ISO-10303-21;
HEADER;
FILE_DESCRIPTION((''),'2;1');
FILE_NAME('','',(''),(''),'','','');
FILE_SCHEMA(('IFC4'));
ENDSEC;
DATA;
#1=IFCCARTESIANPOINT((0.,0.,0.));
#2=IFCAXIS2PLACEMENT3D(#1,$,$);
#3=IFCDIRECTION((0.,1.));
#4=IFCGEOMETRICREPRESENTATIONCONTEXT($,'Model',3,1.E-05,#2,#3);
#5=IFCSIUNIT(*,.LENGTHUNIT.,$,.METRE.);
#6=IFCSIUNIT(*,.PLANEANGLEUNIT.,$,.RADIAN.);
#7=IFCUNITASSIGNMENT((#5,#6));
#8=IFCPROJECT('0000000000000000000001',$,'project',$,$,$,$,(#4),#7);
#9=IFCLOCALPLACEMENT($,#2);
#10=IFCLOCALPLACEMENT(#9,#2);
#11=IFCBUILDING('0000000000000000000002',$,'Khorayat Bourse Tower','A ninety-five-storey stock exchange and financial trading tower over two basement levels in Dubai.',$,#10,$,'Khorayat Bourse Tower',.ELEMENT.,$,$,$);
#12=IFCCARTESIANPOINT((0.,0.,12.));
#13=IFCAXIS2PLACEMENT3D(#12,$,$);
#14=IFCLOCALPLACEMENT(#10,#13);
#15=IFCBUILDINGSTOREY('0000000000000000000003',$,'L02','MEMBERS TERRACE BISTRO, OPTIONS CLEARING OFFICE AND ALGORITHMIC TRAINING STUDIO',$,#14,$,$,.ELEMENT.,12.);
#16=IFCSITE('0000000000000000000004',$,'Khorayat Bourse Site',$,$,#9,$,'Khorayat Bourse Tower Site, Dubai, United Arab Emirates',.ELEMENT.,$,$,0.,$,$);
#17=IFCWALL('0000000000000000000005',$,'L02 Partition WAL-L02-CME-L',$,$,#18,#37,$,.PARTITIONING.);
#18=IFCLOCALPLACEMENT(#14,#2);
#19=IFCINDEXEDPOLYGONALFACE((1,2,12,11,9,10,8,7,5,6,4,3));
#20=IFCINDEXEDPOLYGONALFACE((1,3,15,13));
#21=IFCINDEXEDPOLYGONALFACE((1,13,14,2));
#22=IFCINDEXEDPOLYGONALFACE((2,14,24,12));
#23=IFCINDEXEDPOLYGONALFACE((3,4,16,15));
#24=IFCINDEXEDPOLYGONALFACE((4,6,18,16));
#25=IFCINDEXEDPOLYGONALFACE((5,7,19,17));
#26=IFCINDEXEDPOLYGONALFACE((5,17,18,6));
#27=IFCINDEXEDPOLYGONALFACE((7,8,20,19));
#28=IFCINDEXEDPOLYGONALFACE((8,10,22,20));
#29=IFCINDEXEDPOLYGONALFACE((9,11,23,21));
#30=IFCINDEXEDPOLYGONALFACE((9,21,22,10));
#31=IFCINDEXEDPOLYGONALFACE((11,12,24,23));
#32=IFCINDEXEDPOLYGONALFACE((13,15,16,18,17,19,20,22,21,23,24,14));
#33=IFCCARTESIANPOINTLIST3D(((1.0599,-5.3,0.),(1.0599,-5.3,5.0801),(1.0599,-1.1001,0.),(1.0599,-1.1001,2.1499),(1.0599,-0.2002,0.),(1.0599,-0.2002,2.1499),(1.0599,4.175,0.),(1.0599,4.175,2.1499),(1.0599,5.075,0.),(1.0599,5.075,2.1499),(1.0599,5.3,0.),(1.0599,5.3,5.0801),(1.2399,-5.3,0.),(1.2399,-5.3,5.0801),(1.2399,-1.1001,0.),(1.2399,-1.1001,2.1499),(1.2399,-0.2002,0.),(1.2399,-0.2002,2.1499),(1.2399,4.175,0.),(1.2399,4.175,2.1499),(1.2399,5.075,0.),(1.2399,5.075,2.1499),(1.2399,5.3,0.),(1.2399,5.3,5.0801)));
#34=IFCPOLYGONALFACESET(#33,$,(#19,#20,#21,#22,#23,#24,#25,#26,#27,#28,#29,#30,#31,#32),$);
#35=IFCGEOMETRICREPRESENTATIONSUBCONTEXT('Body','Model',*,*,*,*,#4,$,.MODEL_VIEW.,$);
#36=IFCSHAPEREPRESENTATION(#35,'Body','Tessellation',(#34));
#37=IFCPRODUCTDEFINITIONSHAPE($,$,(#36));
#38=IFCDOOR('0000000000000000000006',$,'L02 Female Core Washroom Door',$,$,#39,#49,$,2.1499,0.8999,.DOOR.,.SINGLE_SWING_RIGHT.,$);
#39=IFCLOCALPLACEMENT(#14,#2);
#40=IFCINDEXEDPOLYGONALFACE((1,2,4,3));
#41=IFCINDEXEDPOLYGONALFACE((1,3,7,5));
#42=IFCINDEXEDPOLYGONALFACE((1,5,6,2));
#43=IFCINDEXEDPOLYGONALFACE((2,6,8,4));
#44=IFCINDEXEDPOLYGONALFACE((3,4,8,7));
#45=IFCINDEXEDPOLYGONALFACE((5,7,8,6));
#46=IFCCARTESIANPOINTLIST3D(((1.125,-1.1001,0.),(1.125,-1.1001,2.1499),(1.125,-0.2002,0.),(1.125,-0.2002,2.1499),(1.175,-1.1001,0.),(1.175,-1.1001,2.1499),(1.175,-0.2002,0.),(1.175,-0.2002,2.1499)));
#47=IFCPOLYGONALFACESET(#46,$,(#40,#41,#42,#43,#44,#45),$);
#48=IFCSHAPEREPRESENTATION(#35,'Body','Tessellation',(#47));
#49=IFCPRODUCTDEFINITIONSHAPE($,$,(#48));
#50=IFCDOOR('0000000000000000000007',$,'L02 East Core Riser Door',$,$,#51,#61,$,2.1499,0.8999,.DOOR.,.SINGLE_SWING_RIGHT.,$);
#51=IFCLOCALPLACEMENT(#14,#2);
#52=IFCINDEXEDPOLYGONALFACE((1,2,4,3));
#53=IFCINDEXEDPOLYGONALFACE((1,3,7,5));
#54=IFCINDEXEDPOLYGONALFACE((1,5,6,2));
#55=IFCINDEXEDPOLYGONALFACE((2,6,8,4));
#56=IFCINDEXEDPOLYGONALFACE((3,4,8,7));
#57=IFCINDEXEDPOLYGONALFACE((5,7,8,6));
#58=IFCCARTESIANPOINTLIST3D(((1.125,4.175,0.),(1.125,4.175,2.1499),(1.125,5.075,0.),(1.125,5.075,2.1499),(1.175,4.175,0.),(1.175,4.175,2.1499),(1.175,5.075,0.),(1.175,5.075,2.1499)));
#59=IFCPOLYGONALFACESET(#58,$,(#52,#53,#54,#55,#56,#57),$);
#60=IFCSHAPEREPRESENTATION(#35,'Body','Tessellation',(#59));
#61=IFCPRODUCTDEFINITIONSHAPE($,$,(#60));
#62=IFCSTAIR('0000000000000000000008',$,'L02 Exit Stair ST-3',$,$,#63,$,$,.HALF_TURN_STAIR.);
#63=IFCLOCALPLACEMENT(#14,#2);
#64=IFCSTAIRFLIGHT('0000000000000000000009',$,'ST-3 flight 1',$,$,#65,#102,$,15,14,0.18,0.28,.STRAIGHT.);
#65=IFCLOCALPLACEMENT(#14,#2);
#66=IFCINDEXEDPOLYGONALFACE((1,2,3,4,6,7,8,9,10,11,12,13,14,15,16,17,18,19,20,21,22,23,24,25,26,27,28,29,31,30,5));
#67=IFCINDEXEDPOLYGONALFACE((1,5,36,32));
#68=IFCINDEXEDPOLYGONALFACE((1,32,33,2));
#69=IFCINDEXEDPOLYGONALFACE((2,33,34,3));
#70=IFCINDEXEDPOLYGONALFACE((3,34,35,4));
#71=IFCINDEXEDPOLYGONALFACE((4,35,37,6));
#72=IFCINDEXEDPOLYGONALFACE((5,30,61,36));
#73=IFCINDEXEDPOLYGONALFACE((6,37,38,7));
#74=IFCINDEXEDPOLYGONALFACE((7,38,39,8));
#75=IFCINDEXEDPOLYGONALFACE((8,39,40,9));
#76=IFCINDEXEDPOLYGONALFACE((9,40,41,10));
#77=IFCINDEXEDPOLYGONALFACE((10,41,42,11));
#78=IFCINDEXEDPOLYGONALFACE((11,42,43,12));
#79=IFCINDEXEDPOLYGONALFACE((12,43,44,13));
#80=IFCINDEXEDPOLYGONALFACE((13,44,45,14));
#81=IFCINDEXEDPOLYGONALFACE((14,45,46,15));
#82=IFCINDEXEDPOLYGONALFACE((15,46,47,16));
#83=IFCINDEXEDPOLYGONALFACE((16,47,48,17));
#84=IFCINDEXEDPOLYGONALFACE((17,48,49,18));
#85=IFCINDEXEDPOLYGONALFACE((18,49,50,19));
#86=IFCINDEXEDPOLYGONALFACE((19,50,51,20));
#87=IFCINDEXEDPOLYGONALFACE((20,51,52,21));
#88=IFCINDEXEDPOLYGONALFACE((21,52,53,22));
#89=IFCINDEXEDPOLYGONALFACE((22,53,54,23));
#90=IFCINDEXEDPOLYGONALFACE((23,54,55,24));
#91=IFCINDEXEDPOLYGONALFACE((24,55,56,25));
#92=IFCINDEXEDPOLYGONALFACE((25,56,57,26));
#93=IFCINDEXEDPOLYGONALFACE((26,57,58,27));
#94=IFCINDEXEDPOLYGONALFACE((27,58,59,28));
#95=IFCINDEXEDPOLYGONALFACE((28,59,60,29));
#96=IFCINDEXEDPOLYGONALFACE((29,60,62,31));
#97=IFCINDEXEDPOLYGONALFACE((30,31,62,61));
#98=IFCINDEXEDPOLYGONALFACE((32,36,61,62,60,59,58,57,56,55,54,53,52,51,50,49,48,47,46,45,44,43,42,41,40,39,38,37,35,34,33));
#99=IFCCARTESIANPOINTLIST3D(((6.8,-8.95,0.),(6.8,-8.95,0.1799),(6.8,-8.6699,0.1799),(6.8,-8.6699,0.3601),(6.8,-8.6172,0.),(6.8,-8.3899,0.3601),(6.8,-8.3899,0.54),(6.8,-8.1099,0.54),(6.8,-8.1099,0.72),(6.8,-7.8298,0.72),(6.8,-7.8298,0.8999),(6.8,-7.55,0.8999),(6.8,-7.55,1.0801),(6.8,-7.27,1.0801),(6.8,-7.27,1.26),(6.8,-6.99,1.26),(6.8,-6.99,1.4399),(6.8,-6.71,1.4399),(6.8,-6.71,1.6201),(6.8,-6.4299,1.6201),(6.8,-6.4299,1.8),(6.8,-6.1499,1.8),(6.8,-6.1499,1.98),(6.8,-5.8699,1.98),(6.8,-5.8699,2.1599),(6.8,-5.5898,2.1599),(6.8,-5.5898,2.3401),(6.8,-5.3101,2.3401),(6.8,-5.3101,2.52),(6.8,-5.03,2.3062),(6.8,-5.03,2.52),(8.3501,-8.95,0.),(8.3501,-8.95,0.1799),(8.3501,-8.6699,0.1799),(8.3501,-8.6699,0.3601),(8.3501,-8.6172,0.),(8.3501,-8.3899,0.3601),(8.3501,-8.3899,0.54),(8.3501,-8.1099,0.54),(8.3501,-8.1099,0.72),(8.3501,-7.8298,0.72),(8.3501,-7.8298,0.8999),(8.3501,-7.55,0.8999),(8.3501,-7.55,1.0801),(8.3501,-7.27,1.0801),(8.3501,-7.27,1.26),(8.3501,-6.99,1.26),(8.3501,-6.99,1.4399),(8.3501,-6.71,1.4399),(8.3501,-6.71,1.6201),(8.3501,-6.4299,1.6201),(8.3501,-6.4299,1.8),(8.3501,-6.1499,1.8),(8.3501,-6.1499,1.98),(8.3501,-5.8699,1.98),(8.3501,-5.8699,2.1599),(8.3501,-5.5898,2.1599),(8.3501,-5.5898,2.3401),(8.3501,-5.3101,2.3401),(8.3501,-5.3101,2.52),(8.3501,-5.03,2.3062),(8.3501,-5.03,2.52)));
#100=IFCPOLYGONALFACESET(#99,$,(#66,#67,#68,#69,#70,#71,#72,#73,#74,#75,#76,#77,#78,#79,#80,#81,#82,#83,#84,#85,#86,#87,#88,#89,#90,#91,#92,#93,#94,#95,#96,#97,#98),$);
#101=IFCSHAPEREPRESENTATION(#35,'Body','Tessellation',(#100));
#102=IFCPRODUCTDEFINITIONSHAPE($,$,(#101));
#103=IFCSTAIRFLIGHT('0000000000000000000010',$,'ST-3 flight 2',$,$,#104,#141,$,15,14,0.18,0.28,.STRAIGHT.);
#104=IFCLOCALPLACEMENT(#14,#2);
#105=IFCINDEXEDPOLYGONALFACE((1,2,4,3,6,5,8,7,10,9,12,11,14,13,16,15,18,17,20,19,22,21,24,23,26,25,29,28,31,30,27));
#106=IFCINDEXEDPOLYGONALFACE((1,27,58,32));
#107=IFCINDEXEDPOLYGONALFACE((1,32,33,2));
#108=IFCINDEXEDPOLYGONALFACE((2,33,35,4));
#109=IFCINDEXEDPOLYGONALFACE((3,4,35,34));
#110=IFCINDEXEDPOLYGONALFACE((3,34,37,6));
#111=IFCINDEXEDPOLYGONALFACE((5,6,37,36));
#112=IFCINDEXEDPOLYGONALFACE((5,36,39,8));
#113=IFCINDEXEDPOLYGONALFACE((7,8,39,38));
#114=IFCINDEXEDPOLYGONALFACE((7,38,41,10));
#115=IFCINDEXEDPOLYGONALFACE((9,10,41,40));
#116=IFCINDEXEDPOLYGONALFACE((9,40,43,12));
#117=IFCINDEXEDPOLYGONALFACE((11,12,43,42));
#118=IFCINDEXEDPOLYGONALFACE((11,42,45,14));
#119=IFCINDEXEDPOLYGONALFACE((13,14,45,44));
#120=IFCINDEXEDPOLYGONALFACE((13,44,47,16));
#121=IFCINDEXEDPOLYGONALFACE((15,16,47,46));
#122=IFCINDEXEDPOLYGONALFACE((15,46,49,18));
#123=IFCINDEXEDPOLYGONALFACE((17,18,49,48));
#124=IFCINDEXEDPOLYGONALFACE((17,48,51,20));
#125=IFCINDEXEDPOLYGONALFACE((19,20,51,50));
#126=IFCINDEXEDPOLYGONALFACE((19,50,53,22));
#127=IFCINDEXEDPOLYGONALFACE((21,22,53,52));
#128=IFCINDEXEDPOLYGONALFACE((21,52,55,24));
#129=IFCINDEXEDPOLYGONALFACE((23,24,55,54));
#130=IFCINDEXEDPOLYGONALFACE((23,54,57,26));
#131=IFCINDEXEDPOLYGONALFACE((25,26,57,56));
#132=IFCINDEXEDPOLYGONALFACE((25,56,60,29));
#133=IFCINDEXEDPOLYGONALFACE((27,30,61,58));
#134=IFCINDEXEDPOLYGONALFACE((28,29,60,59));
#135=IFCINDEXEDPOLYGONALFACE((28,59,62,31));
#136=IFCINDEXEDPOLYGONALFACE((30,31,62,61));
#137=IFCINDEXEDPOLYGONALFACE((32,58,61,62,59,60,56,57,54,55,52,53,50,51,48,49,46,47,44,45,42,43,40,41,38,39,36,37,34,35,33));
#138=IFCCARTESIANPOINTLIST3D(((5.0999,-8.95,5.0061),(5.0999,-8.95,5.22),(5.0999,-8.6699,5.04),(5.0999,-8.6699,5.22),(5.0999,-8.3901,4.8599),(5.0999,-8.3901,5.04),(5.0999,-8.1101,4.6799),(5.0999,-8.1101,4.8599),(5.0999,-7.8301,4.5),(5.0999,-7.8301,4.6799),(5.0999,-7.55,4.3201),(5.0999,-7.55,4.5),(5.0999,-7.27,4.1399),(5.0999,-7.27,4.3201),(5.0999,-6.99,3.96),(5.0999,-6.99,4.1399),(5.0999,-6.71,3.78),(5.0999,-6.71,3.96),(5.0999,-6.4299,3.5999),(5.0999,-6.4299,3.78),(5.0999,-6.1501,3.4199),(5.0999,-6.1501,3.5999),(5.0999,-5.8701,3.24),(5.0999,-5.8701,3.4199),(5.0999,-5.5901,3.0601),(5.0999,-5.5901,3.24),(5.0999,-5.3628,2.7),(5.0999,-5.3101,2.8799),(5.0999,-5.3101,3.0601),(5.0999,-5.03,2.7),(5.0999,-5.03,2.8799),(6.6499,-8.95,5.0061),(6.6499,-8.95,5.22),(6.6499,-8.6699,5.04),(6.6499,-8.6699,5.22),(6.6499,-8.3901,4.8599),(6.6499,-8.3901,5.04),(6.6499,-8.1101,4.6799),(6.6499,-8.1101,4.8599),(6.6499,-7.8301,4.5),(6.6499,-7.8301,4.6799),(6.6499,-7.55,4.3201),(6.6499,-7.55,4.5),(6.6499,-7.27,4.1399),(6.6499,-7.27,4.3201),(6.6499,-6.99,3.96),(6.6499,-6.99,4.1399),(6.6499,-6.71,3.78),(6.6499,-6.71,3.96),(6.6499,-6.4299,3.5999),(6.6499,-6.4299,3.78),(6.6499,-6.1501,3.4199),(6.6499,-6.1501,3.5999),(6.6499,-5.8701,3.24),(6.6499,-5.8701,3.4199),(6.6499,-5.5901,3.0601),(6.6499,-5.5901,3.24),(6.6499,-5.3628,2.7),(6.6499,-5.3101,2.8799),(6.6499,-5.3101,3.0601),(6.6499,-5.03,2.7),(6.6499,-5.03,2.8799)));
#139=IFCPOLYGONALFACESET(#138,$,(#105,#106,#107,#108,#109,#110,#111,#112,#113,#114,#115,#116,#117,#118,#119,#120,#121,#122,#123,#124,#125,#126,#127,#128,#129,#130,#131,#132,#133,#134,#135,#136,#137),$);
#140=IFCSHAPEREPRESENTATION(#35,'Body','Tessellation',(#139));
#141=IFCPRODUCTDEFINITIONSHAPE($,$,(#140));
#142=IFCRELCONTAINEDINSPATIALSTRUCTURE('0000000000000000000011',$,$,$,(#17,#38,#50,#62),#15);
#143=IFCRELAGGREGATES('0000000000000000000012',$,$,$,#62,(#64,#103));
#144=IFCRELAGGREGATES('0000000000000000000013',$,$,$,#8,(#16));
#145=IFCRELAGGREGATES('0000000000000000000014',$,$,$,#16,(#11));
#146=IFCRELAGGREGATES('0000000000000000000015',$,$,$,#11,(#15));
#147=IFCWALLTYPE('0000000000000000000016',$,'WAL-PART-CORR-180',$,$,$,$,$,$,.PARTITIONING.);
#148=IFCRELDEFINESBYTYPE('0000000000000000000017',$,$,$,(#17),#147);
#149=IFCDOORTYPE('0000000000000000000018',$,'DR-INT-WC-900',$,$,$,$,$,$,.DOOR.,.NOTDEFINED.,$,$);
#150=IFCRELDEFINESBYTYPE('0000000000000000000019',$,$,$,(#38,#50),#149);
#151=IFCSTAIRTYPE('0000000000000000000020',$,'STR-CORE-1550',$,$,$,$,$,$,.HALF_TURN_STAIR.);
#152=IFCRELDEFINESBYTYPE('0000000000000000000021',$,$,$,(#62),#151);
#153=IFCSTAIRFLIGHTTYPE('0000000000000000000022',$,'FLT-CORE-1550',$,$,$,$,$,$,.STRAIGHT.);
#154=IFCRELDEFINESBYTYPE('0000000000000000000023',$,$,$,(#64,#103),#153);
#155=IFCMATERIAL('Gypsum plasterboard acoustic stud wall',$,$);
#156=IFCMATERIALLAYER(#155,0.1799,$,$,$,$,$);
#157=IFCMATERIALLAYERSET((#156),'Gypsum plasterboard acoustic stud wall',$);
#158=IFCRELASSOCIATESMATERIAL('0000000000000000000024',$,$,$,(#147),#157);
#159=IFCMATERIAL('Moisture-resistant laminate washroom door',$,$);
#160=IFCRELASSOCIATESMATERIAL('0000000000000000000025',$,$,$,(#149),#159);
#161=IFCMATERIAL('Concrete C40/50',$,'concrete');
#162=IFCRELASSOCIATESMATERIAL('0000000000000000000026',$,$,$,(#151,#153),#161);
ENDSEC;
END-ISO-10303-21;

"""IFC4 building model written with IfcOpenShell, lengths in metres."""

from ifc_helpers import new_model, si_unit, direction, frame, frame_2d, origin, place, context, subcontext, project, spatial, polyline, rectangle, outline, extrude, source, transform, mapped, material, layer, layer_set, type_object, element, fill, aggregate, save


model = new_model("IFC4")

# Units and contexts
model_context = context("Model", 3, precision=1e-05, world=origin(), true_north=direction((0.0, 1.0)))
body_context = subcontext(model_context, "Body", "Model", "MODEL_VIEW")
ifc_project = project(units=[si_unit("LENGTHUNIT", "METRE"), si_unit("PLANEANGLEUNIT", "RADIAN")], contexts=[model_context])

# Site, building, storey
site_placement = place(None, origin())
site = spatial("IfcSite", under=ifc_project, at=site_placement, Name="Khorayat Bourse Site", LongName="Khorayat Bourse Tower Site, Dubai, United Arab Emirates", CompositionType="ELEMENT", RefElevation=0.0)
building_placement = place(site_placement, origin())
building = spatial("IfcBuilding", under=site, at=building_placement, Name="Khorayat Bourse Tower", Description="A ninety-five-storey stock exchange and financial trading tower over two basement levels in Dubai.", LongName="Khorayat Bourse Tower", CompositionType="ELEMENT")
storey_placement = place(building_placement, frame((0.0, 0.0, 12.0)))
storey = spatial("IfcBuildingStorey", under=building, at=storey_placement, Name="L02", Description="MEMBERS TERRACE BISTRO, OPTIONS CLEARING OFFICE AND ALGORITHMIC TRAINING STUDIO", CompositionType="ELEMENT", Elevation=12.0)

# Wall, openings, doors
ifc_material_1 = material(Name="Gypsum plasterboard acoustic stud wall")
ifc_layer_1 = layer(ifc_material_1, 0.1799)
ifc_layer_set_1 = layer_set([ifc_layer_1], Name="Gypsum plasterboard acoustic stud wall")
wall_type_1 = type_object("IfcWallType", Name="WAL-PART-CORR-180", PredefinedType="PARTITIONING", material=ifc_layer_set_1)
shared_shape_1 = source(origin(), body_context, "Body", "SweptSolid", [
    extrude(rectangle(XDim=10.6001, YDim=0.1799, at=frame_2d((5.3, 0.0))), origin(), (0.0, 0.0, 1.0), 5.0801),
])
wall_1_placement = place(storey_placement, frame((1.1499, -5.3, 0.0), z_axis=(0.0, 0.0, 1.0), x_axis=(0.0, 1.0, 0.0)))
wall_1 = element("IfcWall", 1, at=wall_1_placement, inside=storey, type_object=wall_type_1, Name="L02 Partition WAL-L02-CME-L", PredefinedType="PARTITIONING", context=body_context, shape_type="MappedRepresentation", body=[
    mapped(shared_shape_1, transform((0.0, 0.0, 0.0), scale=1.0)),
])
shared_shape_2 = source(origin(), body_context, "Body", "SweptSolid", [
    extrude(rectangle(XDim=0.8999, YDim=2.1499, at=frame_2d((0.45, 1.075))), frame((0.0, 0.0999, 0.0), z_axis=(0.0, -1.0, 0.0), x_axis=(1.0, 0.0, 0.0)), (0.0, 0.0, 1.0), 0.2),
])
opening_1_placement = place(wall_1_placement, frame((4.2, 0.0, 0.0)))
opening_1 = element("IfcOpeningElement", 2, at=opening_1_placement, cuts=wall_1, PredefinedType="OPENING", context=body_context, shape_type="MappedRepresentation", body=[
    mapped(shared_shape_2, transform((0.0, 0.0, 0.0), scale=1.0)),
])
opening_2_placement = place(wall_1_placement, frame((9.4751, 0.0, 0.0)))
opening_2 = element("IfcOpeningElement", 3, at=opening_2_placement, cuts=wall_1, PredefinedType="OPENING", context=body_context, shape_type="MappedRepresentation", body=[
    mapped(shared_shape_2, transform((0.0, 0.0, 0.0), scale=1.0)),
])
ifc_material_2 = material(Name="Moisture-resistant laminate washroom door")
door_type = type_object("IfcDoorType", Name="DR-INT-WC-900", OperationType="NOTDEFINED", PredefinedType="DOOR", material=ifc_material_2)
shared_shape_3 = source(origin(), body_context, "Body", "SweptSolid", [
    extrude(rectangle(XDim=0.8999, YDim=2.1499, at=frame_2d((0.45, 1.075))), frame((0.0, 0.0249, 0.0), z_axis=(0.0, -1.0, 0.0), x_axis=(1.0, 0.0, 0.0)), (0.0, 0.0, 1.0), 0.05),
])
door_1_placement = place(opening_1_placement, origin())
door_1 = element("IfcDoor", 4, at=door_1_placement, inside=storey, type_object=door_type, Name="L02 Female Core Washroom Door", OperationType="SINGLE_SWING_RIGHT", OverallHeight=2.1499, OverallWidth=0.8999, PredefinedType="DOOR", context=body_context, shape_type="MappedRepresentation", body=[
    mapped(shared_shape_3, transform((0.0, 0.0, 0.0), scale=1.0)),
])
fill(opening_1, door_1)
door_2_placement = place(opening_2_placement, origin())
door_2 = element("IfcDoor", 5, at=door_2_placement, inside=storey, type_object=door_type, Name="L02 East Core Riser Door", OperationType="SINGLE_SWING_RIGHT", OverallHeight=2.1499, OverallWidth=0.8999, PredefinedType="DOOR", context=body_context, shape_type="MappedRepresentation", body=[
    mapped(shared_shape_3, transform((0.0, 0.0, 0.0), scale=1.0)),
])
fill(opening_2, door_2)

# Stair, stair flights
ifc_material_3 = material(Name="Concrete C40/50", Category="concrete")
stair_type = type_object("IfcStairType", Name="STR-CORE-1550", PredefinedType="HALF_TURN_STAIR", material=ifc_material_3)
stair_placement = place(storey_placement, origin())
stair = element("IfcStair", 6, at=stair_placement, inside=storey, type_object=stair_type, Name="L02 Exit Stair ST-3", PredefinedType="HALF_TURN_STAIR")
stair_flight_type = type_object("IfcStairFlightType", Name="FLT-CORE-1550", PredefinedType="STRAIGHT", material=ifc_material_3)
shared_shape_4 = source(origin(), body_context, "Body", "SweptSolid", [
    extrude(outline(polyline([(0.0, 0.0), (0.0, 0.1799), (0.28, 0.1799), (0.28, 0.3601), (0.5601, 0.3601), (0.5601, 0.54), (0.8401, 0.54), (0.8401, 0.72), (1.1201, 0.72), (1.1201, 0.8999), (1.3999, 0.8999), (1.3999, 1.0801), (1.6799, 1.0801), (1.6799, 1.26), (1.96, 1.26), (1.96, 1.4399), (2.24, 1.4399), (2.24, 1.6201), (2.52, 1.6201), (2.52, 1.8), (2.8, 1.8), (2.8, 1.98), (3.0801, 1.98), (3.0801, 2.1599), (3.3601, 2.1599), (3.3601, 2.3401), (3.6399, 2.3401), (3.6399, 2.52), (3.9199, 2.52), (3.9199, 2.7), (3.9199, 2.3062), (0.3328, 0.0), (0.0, 0.0)])), frame((0.0, 0.7749, 0.0), z_axis=(0.0, -1.0, 0.0), x_axis=(1.0, 0.0, 0.0)), (0.0, 0.0, 1.0), 1.55),
])
stair_flight_1_placement = place(storey_placement, frame((7.575, -8.95, 0.0), z_axis=(0.0, 0.0, 1.0), x_axis=(0.0, 1.0, 0.0)))
stair_flight_1 = element("IfcStairFlight", 7, at=stair_flight_1_placement, type_object=stair_flight_type, Name="ST-3 flight 1", NumberOfRisers=15, NumberOfTreads=14, PredefinedType="STRAIGHT", RiserHeight=0.18, TreadLength=0.28, context=body_context, shape_type="MappedRepresentation", body=[
    mapped(shared_shape_4, transform((0.0, 0.0, 0.0), scale=1.0)),
])
stair_flight_2_placement = place(storey_placement, frame((5.875, -5.03, 2.7), z_axis=(0.0, 0.0, 1.0), x_axis=(0.0, -1.0, 0.0)))
stair_flight_2 = element("IfcStairFlight", 8, at=stair_flight_2_placement, type_object=stair_flight_type, Name="ST-3 flight 2", NumberOfRisers=15, NumberOfTreads=14, PredefinedType="STRAIGHT", RiserHeight=0.18, TreadLength=0.28, context=body_context, shape_type="MappedRepresentation", body=[
    mapped(shared_shape_4, transform((0.0, 0.0, 0.0), scale=1.0)),
])
aggregate(stair, [stair_flight_1, stair_flight_2])

save(model, "model.ifc")
